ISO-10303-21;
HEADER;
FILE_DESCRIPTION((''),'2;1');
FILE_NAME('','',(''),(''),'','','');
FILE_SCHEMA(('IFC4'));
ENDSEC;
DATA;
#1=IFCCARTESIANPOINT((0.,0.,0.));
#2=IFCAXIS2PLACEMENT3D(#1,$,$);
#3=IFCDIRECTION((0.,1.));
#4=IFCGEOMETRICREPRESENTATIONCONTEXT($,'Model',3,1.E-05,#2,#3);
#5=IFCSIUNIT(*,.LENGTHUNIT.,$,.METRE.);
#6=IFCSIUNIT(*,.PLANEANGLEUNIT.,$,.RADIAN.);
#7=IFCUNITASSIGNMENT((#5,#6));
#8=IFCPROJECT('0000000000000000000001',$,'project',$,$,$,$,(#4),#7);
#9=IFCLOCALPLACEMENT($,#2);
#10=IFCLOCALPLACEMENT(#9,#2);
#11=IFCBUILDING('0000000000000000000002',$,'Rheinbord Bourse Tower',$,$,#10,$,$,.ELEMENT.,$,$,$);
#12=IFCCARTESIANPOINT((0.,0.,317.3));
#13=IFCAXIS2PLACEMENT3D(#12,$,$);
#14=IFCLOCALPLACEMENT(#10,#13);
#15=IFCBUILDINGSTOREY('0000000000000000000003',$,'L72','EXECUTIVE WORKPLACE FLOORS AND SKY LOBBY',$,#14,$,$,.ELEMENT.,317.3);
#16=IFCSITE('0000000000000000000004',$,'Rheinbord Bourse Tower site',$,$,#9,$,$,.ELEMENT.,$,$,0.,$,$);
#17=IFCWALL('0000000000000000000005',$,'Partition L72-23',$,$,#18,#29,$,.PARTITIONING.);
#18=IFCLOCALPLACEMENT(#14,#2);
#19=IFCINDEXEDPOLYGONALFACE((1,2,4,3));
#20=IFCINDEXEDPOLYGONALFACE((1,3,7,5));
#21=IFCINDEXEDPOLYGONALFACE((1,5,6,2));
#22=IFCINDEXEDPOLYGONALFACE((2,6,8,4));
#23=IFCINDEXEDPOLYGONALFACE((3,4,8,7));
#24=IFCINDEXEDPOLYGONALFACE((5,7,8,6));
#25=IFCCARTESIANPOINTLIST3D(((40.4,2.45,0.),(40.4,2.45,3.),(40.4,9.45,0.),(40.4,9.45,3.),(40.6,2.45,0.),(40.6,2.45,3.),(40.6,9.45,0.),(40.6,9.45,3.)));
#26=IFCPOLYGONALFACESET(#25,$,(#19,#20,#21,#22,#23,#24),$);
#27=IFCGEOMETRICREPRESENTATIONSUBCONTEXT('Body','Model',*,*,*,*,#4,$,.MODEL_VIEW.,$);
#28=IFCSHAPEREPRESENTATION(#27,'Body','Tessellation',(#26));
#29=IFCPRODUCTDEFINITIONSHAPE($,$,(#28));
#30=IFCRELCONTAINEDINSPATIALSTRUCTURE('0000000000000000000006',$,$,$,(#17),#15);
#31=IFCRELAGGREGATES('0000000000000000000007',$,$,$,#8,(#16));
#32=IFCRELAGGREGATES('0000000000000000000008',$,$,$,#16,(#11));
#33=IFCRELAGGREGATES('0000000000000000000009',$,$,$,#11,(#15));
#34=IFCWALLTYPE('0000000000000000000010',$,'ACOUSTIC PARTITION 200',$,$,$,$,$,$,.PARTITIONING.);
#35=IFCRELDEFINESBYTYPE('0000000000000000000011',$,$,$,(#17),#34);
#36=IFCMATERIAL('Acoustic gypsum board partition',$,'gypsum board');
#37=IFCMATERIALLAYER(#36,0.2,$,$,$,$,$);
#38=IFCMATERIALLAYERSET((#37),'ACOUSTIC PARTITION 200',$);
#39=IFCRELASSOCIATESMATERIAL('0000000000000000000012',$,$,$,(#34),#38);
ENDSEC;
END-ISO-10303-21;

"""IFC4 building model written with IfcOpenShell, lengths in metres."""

from ifc_helpers import new_model, si_unit, direction, frame, frame_2d, origin, place, context, subcontext, project, spatial, rectangle, extrude, material, layer, layer_set, type_object, element, save


model = new_model("IFC4")

# Units and contexts
model_context = context("Model", 3, precision=1e-05, world=origin(), true_north=direction((0.0, 1.0)))
body_context = subcontext(model_context, "Body", "Model", "MODEL_VIEW")
ifc_project = project(units=[si_unit("LENGTHUNIT", "METRE"), si_unit("PLANEANGLEUNIT", "RADIAN")], contexts=[model_context])

# Site, building, storey
site_placement = place(None, origin())
site = spatial("IfcSite", under=ifc_project, at=site_placement, Name="Rheinbord Bourse Tower site", CompositionType="ELEMENT", RefElevation=0.0)
building_placement = place(site_placement, origin())
building = spatial("IfcBuilding", under=site, at=building_placement, Name="Rheinbord Bourse Tower", CompositionType="ELEMENT")
storey_placement = place(building_placement, frame((0.0, 0.0, 317.3)))
storey = spatial("IfcBuildingStorey", under=building, at=storey_placement, Name="L72", Description="EXECUTIVE WORKPLACE FLOORS AND SKY LOBBY", CompositionType="ELEMENT", Elevation=317.3)

# Wall
ifc_material_1 = material(Name="Acoustic gypsum board partition", Category="gypsum board")
ifc_layer_1 = layer(ifc_material_1, 0.2)
ifc_layer_set_1 = layer_set([ifc_layer_1], Name="ACOUSTIC PARTITION 200")
wall_type = type_object("IfcWallType", Name="ACOUSTIC PARTITION 200", PredefinedType="PARTITIONING", material=ifc_layer_set_1)
wall_placement = place(storey_placement, frame((40.5, 2.45, 0.0), z_axis=(0.0, 0.0, 1.0), x_axis=(0.0, 1.0, 0.0)))
element("IfcWall", 1, at=wall_placement, inside=storey, type_object=wall_type, Name="Partition L72-23", PredefinedType="PARTITIONING", context=body_context, shape_type="SweptSolid", body=[
    extrude(rectangle(XDim=7.0, YDim=0.2, at=frame_2d((3.5, 0.0))), origin(), (0.0, 0.0, 1.0), 3.0),
])

save(model, "model.ifc")
